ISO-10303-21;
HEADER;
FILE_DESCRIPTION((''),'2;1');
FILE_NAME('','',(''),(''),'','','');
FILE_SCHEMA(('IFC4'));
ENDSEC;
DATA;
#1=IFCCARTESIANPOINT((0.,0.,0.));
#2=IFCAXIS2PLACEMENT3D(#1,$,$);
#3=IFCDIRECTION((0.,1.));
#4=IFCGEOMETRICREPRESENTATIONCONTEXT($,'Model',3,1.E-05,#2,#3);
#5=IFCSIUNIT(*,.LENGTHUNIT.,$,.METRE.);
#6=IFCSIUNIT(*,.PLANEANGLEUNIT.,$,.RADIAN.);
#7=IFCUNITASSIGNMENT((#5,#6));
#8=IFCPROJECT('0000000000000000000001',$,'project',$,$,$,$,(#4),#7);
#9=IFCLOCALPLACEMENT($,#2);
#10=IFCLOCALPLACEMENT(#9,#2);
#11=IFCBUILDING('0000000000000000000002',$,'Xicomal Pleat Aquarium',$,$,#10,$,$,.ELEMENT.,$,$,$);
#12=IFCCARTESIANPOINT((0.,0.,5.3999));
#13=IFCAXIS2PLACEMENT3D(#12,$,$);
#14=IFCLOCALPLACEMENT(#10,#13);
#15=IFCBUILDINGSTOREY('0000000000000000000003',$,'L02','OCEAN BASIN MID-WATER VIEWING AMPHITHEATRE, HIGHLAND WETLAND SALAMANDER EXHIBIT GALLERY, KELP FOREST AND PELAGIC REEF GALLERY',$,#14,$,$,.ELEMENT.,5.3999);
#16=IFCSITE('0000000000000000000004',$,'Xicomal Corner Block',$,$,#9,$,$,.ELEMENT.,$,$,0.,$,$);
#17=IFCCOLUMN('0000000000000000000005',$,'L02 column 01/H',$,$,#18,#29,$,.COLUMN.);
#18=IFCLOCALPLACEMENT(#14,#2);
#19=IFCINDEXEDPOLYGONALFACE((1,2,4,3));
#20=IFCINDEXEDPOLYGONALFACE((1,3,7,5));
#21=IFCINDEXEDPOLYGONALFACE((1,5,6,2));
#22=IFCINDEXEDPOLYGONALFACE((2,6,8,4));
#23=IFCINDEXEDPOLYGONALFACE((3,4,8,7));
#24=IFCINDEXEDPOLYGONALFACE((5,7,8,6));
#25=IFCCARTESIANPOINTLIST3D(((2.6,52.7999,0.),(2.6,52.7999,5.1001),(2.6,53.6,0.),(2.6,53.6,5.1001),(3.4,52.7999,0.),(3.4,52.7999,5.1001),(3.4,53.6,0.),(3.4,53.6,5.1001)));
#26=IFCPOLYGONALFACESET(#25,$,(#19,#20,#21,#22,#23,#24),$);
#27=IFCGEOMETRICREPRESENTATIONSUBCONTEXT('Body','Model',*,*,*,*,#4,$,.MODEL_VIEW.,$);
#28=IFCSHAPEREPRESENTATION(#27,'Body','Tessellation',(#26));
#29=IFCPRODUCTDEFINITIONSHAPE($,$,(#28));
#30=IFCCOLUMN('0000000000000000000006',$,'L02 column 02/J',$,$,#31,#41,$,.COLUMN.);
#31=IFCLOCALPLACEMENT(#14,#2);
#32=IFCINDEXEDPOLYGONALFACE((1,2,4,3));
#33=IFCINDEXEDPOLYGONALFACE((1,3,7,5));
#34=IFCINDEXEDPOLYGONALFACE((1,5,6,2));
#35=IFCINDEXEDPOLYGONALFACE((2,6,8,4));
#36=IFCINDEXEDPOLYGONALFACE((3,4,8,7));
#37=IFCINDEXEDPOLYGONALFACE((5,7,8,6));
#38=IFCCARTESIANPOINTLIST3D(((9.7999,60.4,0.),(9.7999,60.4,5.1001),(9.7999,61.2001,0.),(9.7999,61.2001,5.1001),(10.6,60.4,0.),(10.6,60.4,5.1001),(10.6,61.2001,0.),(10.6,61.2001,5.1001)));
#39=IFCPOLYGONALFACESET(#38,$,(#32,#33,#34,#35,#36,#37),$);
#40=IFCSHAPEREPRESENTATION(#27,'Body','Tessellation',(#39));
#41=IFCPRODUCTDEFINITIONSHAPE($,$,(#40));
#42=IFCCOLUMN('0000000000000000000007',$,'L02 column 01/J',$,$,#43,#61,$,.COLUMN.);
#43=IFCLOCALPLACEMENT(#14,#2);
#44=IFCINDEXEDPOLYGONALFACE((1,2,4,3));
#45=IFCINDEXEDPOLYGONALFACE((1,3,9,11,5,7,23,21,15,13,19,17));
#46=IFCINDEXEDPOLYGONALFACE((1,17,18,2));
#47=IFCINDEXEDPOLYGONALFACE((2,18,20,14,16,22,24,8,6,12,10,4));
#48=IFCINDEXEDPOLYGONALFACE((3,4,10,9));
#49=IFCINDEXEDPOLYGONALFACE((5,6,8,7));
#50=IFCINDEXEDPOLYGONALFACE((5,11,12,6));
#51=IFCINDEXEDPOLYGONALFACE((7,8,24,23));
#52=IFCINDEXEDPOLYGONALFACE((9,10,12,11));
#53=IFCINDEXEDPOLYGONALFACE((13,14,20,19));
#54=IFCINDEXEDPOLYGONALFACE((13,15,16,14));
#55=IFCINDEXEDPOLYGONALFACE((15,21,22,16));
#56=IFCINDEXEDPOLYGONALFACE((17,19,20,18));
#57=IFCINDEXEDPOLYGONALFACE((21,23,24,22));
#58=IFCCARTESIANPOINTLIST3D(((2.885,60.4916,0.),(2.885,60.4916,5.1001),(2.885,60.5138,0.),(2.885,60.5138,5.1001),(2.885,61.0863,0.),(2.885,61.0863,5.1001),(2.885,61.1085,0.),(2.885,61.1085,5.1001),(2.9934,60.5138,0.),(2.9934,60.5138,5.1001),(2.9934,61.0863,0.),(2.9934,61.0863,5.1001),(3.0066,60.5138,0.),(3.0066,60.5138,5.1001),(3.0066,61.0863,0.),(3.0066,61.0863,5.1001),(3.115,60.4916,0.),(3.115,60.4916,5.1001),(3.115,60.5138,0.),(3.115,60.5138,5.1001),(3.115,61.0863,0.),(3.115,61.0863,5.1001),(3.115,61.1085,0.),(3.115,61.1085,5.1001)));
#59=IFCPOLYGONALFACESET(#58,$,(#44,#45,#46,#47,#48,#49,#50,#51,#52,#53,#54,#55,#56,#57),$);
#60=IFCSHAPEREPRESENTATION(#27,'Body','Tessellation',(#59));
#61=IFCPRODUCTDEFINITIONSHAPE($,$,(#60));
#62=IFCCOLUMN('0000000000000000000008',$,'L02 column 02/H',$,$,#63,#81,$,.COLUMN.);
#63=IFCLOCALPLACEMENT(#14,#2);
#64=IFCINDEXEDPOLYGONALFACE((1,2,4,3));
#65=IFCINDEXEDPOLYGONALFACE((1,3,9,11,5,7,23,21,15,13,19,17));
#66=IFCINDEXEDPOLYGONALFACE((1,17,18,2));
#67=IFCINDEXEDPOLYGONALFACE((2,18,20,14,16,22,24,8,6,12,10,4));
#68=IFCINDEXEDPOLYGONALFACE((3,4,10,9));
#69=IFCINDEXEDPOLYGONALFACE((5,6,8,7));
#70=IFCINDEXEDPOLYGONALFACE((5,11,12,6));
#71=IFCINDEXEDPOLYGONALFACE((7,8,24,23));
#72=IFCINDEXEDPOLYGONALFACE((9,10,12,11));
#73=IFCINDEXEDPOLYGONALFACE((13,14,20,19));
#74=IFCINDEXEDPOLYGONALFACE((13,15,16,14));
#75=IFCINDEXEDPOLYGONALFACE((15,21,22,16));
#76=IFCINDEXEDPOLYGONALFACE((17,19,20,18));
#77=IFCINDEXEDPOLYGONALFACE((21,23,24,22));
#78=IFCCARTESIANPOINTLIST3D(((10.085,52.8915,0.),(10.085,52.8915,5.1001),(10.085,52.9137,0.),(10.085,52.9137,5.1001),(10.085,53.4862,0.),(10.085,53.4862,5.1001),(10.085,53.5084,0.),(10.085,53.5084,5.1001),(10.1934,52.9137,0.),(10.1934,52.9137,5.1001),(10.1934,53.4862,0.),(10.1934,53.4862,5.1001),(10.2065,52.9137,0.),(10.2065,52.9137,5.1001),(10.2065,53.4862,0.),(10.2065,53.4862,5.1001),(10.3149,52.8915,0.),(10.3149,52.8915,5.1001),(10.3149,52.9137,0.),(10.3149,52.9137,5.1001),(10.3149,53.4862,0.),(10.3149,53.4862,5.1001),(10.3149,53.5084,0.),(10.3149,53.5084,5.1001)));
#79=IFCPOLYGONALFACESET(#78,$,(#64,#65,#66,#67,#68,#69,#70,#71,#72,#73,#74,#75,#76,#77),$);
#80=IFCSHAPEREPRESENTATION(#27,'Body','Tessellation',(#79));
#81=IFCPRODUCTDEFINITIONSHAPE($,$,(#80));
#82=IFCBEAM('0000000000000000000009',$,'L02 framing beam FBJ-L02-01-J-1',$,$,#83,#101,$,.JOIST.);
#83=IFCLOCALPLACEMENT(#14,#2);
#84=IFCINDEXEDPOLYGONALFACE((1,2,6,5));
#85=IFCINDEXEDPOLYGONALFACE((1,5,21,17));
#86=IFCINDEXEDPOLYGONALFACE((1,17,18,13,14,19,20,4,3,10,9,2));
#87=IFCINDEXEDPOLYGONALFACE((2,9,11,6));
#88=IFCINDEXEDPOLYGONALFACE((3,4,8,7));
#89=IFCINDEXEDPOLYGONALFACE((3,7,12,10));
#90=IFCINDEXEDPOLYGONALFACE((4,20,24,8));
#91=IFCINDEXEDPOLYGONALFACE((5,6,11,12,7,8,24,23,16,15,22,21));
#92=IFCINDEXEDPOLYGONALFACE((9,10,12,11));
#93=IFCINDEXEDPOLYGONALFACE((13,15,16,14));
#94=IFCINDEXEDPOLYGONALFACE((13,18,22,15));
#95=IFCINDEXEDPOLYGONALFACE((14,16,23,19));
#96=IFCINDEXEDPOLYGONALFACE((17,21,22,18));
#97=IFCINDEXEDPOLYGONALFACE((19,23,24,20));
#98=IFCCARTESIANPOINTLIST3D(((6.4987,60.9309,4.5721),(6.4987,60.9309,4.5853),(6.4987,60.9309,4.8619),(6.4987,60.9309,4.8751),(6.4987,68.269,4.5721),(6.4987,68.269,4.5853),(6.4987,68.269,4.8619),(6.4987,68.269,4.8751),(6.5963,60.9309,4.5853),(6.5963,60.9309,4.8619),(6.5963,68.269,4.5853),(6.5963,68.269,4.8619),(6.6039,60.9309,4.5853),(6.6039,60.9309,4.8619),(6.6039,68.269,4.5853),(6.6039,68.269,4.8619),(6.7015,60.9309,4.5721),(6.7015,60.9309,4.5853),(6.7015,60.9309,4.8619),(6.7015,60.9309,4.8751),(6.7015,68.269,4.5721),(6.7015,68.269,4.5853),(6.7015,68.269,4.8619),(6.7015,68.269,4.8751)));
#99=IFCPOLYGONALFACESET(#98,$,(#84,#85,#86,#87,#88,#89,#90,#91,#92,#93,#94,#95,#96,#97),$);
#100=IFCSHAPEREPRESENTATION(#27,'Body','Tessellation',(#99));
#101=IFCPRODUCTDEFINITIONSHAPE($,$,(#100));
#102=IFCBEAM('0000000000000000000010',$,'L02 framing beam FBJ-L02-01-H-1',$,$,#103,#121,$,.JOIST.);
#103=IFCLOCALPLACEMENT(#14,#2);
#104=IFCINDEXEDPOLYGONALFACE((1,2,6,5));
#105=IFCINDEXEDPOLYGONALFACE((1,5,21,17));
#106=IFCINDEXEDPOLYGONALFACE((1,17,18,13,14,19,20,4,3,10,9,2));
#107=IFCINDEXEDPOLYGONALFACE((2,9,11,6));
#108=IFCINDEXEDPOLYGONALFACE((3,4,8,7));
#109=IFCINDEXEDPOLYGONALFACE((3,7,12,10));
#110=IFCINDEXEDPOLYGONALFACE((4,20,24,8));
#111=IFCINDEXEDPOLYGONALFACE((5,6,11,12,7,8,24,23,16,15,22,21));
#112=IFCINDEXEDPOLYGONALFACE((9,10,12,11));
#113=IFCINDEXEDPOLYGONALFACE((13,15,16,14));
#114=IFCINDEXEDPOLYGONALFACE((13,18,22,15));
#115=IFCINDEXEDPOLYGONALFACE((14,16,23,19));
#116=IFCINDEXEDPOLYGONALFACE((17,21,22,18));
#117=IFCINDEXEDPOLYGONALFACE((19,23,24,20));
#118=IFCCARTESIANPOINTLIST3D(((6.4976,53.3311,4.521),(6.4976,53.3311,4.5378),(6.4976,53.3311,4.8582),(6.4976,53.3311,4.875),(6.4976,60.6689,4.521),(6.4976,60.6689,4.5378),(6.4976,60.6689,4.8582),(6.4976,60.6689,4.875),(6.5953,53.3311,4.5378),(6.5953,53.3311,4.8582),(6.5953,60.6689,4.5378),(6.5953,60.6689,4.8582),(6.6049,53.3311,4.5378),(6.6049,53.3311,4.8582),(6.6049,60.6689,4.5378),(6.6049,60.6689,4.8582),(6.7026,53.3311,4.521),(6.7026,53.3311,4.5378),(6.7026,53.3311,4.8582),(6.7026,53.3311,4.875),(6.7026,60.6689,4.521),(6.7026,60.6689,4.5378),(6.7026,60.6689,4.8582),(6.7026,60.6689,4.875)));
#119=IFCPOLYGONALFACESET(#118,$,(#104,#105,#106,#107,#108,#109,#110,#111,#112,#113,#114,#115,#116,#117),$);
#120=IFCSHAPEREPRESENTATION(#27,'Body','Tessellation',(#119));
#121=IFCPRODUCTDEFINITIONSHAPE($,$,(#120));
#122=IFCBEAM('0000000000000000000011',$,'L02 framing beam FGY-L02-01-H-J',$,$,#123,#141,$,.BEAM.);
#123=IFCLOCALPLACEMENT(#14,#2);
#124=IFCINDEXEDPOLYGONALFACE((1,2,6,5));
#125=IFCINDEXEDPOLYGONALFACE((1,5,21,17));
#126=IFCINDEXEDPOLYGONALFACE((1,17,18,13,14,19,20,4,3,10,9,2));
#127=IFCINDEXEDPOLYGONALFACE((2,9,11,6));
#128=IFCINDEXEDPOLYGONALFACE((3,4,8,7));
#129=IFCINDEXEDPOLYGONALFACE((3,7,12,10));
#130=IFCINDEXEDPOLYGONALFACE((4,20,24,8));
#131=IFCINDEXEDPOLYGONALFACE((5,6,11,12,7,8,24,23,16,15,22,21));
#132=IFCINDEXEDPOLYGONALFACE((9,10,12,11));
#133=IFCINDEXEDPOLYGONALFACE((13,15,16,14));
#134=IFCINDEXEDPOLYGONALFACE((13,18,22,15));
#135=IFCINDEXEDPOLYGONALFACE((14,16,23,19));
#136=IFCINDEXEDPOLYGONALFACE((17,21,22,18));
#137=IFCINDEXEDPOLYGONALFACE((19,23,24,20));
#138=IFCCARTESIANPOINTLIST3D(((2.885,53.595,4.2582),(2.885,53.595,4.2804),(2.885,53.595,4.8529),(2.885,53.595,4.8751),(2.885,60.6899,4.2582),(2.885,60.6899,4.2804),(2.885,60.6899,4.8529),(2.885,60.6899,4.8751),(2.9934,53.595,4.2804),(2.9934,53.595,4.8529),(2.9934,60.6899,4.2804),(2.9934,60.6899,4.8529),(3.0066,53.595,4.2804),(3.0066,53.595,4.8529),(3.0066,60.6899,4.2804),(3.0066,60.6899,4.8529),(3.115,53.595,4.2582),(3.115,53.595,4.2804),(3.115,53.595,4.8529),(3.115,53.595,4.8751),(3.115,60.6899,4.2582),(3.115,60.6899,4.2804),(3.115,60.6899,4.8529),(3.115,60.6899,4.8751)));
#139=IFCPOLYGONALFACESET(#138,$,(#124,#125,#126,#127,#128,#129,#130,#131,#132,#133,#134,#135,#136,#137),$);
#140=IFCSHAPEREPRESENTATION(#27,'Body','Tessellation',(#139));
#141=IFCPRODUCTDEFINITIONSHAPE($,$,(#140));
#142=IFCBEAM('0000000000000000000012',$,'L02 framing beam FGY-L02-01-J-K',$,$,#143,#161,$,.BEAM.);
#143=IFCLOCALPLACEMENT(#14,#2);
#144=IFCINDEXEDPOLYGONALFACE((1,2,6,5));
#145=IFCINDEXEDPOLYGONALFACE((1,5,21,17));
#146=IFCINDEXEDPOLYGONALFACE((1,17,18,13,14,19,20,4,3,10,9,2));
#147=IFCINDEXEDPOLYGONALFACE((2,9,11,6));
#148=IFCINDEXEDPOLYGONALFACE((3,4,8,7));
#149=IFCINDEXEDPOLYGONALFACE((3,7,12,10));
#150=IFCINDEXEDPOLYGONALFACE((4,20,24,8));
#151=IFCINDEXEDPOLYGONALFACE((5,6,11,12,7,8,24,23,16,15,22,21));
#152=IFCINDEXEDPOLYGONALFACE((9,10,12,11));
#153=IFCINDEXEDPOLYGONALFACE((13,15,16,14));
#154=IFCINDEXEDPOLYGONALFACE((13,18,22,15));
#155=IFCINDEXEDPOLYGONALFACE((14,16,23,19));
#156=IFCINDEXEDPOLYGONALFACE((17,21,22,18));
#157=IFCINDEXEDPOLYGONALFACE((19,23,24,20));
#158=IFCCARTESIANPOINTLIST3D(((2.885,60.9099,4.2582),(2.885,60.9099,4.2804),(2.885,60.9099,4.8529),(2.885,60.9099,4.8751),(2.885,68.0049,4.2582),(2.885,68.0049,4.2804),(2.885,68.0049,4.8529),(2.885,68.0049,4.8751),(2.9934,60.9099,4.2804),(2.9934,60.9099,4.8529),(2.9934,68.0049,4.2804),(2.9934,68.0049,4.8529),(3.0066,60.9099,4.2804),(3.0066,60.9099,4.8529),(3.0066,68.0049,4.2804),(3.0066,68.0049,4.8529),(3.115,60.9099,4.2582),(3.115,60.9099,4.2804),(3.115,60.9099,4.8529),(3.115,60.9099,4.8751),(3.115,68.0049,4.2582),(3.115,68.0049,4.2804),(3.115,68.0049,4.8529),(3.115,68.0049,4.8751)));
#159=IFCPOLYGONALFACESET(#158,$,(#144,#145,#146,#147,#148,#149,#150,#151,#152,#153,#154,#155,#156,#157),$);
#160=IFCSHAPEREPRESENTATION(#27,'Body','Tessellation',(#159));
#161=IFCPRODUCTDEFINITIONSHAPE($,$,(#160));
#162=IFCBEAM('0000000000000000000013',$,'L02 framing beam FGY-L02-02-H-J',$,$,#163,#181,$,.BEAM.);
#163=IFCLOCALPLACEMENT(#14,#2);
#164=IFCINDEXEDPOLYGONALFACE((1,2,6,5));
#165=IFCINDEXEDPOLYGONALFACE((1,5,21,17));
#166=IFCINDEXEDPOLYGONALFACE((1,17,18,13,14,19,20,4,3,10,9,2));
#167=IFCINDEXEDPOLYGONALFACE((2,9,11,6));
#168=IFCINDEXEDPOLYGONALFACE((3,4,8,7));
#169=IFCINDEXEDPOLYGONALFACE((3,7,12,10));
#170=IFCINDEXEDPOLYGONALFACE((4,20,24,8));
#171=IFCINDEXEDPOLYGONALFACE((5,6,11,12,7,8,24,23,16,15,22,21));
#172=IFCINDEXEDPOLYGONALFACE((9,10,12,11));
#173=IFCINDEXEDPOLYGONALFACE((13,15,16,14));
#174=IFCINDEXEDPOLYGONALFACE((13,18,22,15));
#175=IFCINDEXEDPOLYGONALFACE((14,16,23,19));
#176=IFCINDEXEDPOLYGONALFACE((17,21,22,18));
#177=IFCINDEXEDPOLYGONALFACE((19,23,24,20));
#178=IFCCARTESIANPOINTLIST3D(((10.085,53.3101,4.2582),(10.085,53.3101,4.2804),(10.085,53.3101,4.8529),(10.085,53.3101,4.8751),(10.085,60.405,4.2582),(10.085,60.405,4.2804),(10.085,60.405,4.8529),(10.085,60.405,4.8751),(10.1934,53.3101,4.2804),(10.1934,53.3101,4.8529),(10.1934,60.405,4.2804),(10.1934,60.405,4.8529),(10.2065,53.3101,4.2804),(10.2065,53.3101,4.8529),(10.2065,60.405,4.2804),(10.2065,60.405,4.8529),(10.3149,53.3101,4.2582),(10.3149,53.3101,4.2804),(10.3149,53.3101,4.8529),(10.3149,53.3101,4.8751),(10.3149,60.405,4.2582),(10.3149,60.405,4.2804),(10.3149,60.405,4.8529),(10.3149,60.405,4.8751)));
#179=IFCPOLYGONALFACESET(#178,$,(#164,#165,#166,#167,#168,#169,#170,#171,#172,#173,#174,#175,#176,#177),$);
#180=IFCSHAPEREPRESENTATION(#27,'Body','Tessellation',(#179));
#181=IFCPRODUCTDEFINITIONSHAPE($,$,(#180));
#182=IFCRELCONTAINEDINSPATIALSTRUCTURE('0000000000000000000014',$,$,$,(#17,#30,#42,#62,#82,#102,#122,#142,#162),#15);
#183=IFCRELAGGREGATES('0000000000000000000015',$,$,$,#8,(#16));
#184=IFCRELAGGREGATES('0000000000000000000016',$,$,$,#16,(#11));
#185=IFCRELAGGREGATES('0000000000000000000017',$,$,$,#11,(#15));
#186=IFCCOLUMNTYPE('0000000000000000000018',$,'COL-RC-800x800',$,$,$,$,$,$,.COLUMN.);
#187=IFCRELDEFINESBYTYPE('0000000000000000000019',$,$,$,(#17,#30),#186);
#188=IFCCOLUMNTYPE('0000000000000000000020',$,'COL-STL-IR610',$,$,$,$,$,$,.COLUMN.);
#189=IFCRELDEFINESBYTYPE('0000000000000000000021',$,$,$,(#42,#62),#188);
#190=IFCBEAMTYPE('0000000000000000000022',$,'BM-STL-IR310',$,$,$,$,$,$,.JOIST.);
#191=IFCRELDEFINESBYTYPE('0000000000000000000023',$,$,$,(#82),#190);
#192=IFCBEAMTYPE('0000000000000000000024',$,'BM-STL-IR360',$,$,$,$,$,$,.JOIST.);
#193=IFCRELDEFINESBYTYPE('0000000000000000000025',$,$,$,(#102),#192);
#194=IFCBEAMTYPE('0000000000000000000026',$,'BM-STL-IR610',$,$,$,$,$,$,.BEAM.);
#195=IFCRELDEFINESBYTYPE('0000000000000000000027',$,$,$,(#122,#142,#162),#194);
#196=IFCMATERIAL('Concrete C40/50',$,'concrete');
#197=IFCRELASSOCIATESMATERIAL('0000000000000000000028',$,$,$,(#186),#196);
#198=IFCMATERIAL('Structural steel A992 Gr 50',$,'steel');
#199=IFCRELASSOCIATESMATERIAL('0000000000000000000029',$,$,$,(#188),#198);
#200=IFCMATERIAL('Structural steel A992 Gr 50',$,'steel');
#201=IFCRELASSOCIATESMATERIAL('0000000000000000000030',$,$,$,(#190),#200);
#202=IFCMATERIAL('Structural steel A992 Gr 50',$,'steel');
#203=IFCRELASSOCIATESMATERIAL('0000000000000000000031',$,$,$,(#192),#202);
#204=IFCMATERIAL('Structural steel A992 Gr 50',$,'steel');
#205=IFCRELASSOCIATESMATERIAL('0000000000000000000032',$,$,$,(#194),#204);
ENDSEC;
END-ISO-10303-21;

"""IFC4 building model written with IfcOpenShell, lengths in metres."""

from ifc_helpers import new_model, si_unit, direction, frame, origin, origin_2d, place, context, subcontext, project, spatial, rectangle, i_section, extrude, material, material_profile, profile_set, type_object, element, save


model = new_model("IFC4")

# Units and contexts
model_context = context("Model", 3, precision=1e-05, world=origin(), true_north=direction((0.0, 1.0)))
body_context = subcontext(model_context, "Body", "Model", "MODEL_VIEW")
ifc_project = project(units=[si_unit("LENGTHUNIT", "METRE"), si_unit("PLANEANGLEUNIT", "RADIAN")], contexts=[model_context])

# Site, building, storey
site_placement = place(None, origin())
site = spatial("IfcSite", under=ifc_project, at=site_placement, Name="Xicomal Corner Block", CompositionType="ELEMENT", RefElevation=0.0)
building_placement = place(site_placement, origin())
building = spatial("IfcBuilding", under=site, at=building_placement, Name="Xicomal Pleat Aquarium", CompositionType="ELEMENT")
storey_placement = place(building_placement, frame((0.0, 0.0, 5.3999)))
storey = spatial("IfcBuildingStorey", under=building, at=storey_placement, Name="L02", Description="OCEAN BASIN MID-WATER VIEWING AMPHITHEATRE, HIGHLAND WETLAND SALAMANDER EXHIBIT GALLERY, KELP FOREST AND PELAGIC REEF GALLERY", CompositionType="ELEMENT", Elevation=5.3999)

# Columns
ifc_material_1 = material(Name="Concrete C40/50", Category="concrete")
ifc_material_profile_1 = material_profile(ifc_material_1, rectangle(XDim=0.8, YDim=0.8, at=origin_2d()), Name="RC 800x800")
ifc_profile_set_1 = profile_set([ifc_material_profile_1], Name="Concrete C40/50")
column_type_1 = type_object("IfcColumnType", Name="COL-RC-800x800", PredefinedType="COLUMN", material=ifc_profile_set_1)
for number, where, z_axis, x_axis, name in (
    (1, (3.0, 53.2, 0.0), (0.0, 0.0, 1.0), (1.0, 0.0, 0.0), "L02 column 01/H"),
    (2, (10.2, 60.8, 0.0), (0.0, 0.0, 1.0), (1.0, 0.0, 0.0), "L02 column 02/J"),
):
    element("IfcColumn", number, at=place(storey_placement, frame(where, z_axis=z_axis, x_axis=x_axis)), inside=storey, type_object=column_type_1, Name=name, PredefinedType="COLUMN", context=body_context, shape_type="SweptSolid", body=[
        extrude(rectangle(XDim=0.8, YDim=0.8, at=origin_2d()), origin(), (0.0, 0.0, 1.0), 5.1001),
    ])
ifc_material_2 = material(Name="Structural steel A992 Gr 50", Category="steel")
ifc_material_profile_2 = material_profile(ifc_material_2, i_section(OverallWidth=0.23, OverallDepth=0.6169, WebThickness=0.0132, FlangeThickness=0.0222, at=origin_2d()), Name="IR 610x140")
ifc_profile_set_2 = profile_set([ifc_material_profile_2], Name="Structural steel A992 Gr 50")
column_type_2 = type_object("IfcColumnType", Name="COL-STL-IR610", PredefinedType="COLUMN", material=ifc_profile_set_2)
for number, where, z_axis, x_axis, name in (
    (3, (3.0, 60.8, 0.0), (0.0, 0.0, 1.0), (1.0, 0.0, 0.0), "L02 column 01/J"),
    (4, (10.2, 53.2, 0.0), (0.0, 0.0, 1.0), (1.0, 0.0, 0.0), "L02 column 02/H"),
):
    element("IfcColumn", number, at=place(storey_placement, frame(where, z_axis=z_axis, x_axis=x_axis)), inside=storey, type_object=column_type_2, Name=name, PredefinedType="COLUMN", context=body_context, shape_type="SweptSolid", body=[
        extrude(i_section(OverallWidth=0.23, OverallDepth=0.6169, WebThickness=0.0132, FlangeThickness=0.0222, at=origin_2d()), origin(), (0.0, 0.0, 1.0), 5.1001),
    ])

# Beams
ifc_material_3 = material(Name="Structural steel A992 Gr 50", Category="steel")
ifc_material_profile_3 = material_profile(ifc_material_3, i_section(OverallWidth=0.2029, OverallDepth=0.303, WebThickness=0.0076, FlangeThickness=0.0132, at=origin_2d()), Name="IR 310x60")
ifc_profile_set_3 = profile_set([ifc_material_profile_3], Name="Structural steel A992 Gr 50")
beam_type_1 = type_object("IfcBeamType", Name="BM-STL-IR310", PredefinedType="JOIST", material=ifc_profile_set_3)
beam_1_placement = place(storey_placement, frame((6.6001, 60.9309, 4.7236), z_axis=(0.0, 1.0, 0.0), x_axis=(-1.0, 0.0, 0.0)))
element("IfcBeam", 5, at=beam_1_placement, inside=storey, type_object=beam_type_1, Name="L02 framing beam FBJ-L02-01-J-1", PredefinedType="JOIST", context=body_context, shape_type="SweptSolid", body=[
    extrude(i_section(OverallWidth=0.2029, OverallDepth=0.303, WebThickness=0.0076, FlangeThickness=0.0132, at=origin_2d()), origin(), (0.0, 0.0, 1.0), 7.3381),
])
ifc_material_4 = material(Name="Structural steel A992 Gr 50", Category="steel")
ifc_material_profile_4 = material_profile(ifc_material_4, i_section(OverallWidth=0.2051, OverallDepth=0.354, WebThickness=0.0095, FlangeThickness=0.0168, at=origin_2d()), Name="IR 360x79")
ifc_profile_set_4 = profile_set([ifc_material_profile_4], Name="Structural steel A992 Gr 50")
beam_type_2 = type_object("IfcBeamType", Name="BM-STL-IR360", PredefinedType="JOIST", material=ifc_profile_set_4)
beam_2_placement = place(storey_placement, frame((6.6001, 53.3311, 4.698), z_axis=(0.0, 1.0, 0.0), x_axis=(-1.0, 0.0, 0.0)))
element("IfcBeam", 6, at=beam_2_placement, inside=storey, type_object=beam_type_2, Name="L02 framing beam FBJ-L02-01-H-1", PredefinedType="JOIST", context=body_context, shape_type="SweptSolid", body=[
    extrude(i_section(OverallWidth=0.2051, OverallDepth=0.354, WebThickness=0.0095, FlangeThickness=0.0168, at=origin_2d()), origin(), (0.0, 0.0, 1.0), 7.3379),
])
ifc_material_5 = material(Name="Structural steel A992 Gr 50", Category="steel")
ifc_material_profile_5 = material_profile(ifc_material_5, i_section(OverallWidth=0.23, OverallDepth=0.6169, WebThickness=0.0132, FlangeThickness=0.0222, at=origin_2d()), Name="IR 610x140")
ifc_profile_set_5 = profile_set([ifc_material_profile_5], Name="Structural steel A992 Gr 50")
beam_type_3 = type_object("IfcBeamType", Name="BM-STL-IR610", PredefinedType="BEAM", material=ifc_profile_set_5)
for number, where, z_axis, x_axis, name in (
    (7, (3.0, 53.595, 4.5667), (0.0, 1.0, 0.0), (-1.0, 0.0, 0.0), "L02 framing beam FGY-L02-01-H-J"),
    (8, (3.0, 60.9099, 4.5667), (0.0, 1.0, 0.0), (-1.0, 0.0, 0.0), "L02 framing beam FGY-L02-01-J-K"),
    (9, (10.2, 53.3101, 4.5667), (0.0, 1.0, 0.0), (-1.0, 0.0, 0.0), "L02 framing beam FGY-L02-02-H-J"),
):
    element("IfcBeam", number, at=place(storey_placement, frame(where, z_axis=z_axis, x_axis=x_axis)), inside=storey, type_object=beam_type_3, Name=name, PredefinedType="BEAM", context=body_context, shape_type="SweptSolid", body=[
        extrude(i_section(OverallWidth=0.23, OverallDepth=0.6169, WebThickness=0.0132, FlangeThickness=0.0222, at=origin_2d()), origin(), (0.0, 0.0, 1.0), 7.095),
    ])

save(model, "model.ifc")
